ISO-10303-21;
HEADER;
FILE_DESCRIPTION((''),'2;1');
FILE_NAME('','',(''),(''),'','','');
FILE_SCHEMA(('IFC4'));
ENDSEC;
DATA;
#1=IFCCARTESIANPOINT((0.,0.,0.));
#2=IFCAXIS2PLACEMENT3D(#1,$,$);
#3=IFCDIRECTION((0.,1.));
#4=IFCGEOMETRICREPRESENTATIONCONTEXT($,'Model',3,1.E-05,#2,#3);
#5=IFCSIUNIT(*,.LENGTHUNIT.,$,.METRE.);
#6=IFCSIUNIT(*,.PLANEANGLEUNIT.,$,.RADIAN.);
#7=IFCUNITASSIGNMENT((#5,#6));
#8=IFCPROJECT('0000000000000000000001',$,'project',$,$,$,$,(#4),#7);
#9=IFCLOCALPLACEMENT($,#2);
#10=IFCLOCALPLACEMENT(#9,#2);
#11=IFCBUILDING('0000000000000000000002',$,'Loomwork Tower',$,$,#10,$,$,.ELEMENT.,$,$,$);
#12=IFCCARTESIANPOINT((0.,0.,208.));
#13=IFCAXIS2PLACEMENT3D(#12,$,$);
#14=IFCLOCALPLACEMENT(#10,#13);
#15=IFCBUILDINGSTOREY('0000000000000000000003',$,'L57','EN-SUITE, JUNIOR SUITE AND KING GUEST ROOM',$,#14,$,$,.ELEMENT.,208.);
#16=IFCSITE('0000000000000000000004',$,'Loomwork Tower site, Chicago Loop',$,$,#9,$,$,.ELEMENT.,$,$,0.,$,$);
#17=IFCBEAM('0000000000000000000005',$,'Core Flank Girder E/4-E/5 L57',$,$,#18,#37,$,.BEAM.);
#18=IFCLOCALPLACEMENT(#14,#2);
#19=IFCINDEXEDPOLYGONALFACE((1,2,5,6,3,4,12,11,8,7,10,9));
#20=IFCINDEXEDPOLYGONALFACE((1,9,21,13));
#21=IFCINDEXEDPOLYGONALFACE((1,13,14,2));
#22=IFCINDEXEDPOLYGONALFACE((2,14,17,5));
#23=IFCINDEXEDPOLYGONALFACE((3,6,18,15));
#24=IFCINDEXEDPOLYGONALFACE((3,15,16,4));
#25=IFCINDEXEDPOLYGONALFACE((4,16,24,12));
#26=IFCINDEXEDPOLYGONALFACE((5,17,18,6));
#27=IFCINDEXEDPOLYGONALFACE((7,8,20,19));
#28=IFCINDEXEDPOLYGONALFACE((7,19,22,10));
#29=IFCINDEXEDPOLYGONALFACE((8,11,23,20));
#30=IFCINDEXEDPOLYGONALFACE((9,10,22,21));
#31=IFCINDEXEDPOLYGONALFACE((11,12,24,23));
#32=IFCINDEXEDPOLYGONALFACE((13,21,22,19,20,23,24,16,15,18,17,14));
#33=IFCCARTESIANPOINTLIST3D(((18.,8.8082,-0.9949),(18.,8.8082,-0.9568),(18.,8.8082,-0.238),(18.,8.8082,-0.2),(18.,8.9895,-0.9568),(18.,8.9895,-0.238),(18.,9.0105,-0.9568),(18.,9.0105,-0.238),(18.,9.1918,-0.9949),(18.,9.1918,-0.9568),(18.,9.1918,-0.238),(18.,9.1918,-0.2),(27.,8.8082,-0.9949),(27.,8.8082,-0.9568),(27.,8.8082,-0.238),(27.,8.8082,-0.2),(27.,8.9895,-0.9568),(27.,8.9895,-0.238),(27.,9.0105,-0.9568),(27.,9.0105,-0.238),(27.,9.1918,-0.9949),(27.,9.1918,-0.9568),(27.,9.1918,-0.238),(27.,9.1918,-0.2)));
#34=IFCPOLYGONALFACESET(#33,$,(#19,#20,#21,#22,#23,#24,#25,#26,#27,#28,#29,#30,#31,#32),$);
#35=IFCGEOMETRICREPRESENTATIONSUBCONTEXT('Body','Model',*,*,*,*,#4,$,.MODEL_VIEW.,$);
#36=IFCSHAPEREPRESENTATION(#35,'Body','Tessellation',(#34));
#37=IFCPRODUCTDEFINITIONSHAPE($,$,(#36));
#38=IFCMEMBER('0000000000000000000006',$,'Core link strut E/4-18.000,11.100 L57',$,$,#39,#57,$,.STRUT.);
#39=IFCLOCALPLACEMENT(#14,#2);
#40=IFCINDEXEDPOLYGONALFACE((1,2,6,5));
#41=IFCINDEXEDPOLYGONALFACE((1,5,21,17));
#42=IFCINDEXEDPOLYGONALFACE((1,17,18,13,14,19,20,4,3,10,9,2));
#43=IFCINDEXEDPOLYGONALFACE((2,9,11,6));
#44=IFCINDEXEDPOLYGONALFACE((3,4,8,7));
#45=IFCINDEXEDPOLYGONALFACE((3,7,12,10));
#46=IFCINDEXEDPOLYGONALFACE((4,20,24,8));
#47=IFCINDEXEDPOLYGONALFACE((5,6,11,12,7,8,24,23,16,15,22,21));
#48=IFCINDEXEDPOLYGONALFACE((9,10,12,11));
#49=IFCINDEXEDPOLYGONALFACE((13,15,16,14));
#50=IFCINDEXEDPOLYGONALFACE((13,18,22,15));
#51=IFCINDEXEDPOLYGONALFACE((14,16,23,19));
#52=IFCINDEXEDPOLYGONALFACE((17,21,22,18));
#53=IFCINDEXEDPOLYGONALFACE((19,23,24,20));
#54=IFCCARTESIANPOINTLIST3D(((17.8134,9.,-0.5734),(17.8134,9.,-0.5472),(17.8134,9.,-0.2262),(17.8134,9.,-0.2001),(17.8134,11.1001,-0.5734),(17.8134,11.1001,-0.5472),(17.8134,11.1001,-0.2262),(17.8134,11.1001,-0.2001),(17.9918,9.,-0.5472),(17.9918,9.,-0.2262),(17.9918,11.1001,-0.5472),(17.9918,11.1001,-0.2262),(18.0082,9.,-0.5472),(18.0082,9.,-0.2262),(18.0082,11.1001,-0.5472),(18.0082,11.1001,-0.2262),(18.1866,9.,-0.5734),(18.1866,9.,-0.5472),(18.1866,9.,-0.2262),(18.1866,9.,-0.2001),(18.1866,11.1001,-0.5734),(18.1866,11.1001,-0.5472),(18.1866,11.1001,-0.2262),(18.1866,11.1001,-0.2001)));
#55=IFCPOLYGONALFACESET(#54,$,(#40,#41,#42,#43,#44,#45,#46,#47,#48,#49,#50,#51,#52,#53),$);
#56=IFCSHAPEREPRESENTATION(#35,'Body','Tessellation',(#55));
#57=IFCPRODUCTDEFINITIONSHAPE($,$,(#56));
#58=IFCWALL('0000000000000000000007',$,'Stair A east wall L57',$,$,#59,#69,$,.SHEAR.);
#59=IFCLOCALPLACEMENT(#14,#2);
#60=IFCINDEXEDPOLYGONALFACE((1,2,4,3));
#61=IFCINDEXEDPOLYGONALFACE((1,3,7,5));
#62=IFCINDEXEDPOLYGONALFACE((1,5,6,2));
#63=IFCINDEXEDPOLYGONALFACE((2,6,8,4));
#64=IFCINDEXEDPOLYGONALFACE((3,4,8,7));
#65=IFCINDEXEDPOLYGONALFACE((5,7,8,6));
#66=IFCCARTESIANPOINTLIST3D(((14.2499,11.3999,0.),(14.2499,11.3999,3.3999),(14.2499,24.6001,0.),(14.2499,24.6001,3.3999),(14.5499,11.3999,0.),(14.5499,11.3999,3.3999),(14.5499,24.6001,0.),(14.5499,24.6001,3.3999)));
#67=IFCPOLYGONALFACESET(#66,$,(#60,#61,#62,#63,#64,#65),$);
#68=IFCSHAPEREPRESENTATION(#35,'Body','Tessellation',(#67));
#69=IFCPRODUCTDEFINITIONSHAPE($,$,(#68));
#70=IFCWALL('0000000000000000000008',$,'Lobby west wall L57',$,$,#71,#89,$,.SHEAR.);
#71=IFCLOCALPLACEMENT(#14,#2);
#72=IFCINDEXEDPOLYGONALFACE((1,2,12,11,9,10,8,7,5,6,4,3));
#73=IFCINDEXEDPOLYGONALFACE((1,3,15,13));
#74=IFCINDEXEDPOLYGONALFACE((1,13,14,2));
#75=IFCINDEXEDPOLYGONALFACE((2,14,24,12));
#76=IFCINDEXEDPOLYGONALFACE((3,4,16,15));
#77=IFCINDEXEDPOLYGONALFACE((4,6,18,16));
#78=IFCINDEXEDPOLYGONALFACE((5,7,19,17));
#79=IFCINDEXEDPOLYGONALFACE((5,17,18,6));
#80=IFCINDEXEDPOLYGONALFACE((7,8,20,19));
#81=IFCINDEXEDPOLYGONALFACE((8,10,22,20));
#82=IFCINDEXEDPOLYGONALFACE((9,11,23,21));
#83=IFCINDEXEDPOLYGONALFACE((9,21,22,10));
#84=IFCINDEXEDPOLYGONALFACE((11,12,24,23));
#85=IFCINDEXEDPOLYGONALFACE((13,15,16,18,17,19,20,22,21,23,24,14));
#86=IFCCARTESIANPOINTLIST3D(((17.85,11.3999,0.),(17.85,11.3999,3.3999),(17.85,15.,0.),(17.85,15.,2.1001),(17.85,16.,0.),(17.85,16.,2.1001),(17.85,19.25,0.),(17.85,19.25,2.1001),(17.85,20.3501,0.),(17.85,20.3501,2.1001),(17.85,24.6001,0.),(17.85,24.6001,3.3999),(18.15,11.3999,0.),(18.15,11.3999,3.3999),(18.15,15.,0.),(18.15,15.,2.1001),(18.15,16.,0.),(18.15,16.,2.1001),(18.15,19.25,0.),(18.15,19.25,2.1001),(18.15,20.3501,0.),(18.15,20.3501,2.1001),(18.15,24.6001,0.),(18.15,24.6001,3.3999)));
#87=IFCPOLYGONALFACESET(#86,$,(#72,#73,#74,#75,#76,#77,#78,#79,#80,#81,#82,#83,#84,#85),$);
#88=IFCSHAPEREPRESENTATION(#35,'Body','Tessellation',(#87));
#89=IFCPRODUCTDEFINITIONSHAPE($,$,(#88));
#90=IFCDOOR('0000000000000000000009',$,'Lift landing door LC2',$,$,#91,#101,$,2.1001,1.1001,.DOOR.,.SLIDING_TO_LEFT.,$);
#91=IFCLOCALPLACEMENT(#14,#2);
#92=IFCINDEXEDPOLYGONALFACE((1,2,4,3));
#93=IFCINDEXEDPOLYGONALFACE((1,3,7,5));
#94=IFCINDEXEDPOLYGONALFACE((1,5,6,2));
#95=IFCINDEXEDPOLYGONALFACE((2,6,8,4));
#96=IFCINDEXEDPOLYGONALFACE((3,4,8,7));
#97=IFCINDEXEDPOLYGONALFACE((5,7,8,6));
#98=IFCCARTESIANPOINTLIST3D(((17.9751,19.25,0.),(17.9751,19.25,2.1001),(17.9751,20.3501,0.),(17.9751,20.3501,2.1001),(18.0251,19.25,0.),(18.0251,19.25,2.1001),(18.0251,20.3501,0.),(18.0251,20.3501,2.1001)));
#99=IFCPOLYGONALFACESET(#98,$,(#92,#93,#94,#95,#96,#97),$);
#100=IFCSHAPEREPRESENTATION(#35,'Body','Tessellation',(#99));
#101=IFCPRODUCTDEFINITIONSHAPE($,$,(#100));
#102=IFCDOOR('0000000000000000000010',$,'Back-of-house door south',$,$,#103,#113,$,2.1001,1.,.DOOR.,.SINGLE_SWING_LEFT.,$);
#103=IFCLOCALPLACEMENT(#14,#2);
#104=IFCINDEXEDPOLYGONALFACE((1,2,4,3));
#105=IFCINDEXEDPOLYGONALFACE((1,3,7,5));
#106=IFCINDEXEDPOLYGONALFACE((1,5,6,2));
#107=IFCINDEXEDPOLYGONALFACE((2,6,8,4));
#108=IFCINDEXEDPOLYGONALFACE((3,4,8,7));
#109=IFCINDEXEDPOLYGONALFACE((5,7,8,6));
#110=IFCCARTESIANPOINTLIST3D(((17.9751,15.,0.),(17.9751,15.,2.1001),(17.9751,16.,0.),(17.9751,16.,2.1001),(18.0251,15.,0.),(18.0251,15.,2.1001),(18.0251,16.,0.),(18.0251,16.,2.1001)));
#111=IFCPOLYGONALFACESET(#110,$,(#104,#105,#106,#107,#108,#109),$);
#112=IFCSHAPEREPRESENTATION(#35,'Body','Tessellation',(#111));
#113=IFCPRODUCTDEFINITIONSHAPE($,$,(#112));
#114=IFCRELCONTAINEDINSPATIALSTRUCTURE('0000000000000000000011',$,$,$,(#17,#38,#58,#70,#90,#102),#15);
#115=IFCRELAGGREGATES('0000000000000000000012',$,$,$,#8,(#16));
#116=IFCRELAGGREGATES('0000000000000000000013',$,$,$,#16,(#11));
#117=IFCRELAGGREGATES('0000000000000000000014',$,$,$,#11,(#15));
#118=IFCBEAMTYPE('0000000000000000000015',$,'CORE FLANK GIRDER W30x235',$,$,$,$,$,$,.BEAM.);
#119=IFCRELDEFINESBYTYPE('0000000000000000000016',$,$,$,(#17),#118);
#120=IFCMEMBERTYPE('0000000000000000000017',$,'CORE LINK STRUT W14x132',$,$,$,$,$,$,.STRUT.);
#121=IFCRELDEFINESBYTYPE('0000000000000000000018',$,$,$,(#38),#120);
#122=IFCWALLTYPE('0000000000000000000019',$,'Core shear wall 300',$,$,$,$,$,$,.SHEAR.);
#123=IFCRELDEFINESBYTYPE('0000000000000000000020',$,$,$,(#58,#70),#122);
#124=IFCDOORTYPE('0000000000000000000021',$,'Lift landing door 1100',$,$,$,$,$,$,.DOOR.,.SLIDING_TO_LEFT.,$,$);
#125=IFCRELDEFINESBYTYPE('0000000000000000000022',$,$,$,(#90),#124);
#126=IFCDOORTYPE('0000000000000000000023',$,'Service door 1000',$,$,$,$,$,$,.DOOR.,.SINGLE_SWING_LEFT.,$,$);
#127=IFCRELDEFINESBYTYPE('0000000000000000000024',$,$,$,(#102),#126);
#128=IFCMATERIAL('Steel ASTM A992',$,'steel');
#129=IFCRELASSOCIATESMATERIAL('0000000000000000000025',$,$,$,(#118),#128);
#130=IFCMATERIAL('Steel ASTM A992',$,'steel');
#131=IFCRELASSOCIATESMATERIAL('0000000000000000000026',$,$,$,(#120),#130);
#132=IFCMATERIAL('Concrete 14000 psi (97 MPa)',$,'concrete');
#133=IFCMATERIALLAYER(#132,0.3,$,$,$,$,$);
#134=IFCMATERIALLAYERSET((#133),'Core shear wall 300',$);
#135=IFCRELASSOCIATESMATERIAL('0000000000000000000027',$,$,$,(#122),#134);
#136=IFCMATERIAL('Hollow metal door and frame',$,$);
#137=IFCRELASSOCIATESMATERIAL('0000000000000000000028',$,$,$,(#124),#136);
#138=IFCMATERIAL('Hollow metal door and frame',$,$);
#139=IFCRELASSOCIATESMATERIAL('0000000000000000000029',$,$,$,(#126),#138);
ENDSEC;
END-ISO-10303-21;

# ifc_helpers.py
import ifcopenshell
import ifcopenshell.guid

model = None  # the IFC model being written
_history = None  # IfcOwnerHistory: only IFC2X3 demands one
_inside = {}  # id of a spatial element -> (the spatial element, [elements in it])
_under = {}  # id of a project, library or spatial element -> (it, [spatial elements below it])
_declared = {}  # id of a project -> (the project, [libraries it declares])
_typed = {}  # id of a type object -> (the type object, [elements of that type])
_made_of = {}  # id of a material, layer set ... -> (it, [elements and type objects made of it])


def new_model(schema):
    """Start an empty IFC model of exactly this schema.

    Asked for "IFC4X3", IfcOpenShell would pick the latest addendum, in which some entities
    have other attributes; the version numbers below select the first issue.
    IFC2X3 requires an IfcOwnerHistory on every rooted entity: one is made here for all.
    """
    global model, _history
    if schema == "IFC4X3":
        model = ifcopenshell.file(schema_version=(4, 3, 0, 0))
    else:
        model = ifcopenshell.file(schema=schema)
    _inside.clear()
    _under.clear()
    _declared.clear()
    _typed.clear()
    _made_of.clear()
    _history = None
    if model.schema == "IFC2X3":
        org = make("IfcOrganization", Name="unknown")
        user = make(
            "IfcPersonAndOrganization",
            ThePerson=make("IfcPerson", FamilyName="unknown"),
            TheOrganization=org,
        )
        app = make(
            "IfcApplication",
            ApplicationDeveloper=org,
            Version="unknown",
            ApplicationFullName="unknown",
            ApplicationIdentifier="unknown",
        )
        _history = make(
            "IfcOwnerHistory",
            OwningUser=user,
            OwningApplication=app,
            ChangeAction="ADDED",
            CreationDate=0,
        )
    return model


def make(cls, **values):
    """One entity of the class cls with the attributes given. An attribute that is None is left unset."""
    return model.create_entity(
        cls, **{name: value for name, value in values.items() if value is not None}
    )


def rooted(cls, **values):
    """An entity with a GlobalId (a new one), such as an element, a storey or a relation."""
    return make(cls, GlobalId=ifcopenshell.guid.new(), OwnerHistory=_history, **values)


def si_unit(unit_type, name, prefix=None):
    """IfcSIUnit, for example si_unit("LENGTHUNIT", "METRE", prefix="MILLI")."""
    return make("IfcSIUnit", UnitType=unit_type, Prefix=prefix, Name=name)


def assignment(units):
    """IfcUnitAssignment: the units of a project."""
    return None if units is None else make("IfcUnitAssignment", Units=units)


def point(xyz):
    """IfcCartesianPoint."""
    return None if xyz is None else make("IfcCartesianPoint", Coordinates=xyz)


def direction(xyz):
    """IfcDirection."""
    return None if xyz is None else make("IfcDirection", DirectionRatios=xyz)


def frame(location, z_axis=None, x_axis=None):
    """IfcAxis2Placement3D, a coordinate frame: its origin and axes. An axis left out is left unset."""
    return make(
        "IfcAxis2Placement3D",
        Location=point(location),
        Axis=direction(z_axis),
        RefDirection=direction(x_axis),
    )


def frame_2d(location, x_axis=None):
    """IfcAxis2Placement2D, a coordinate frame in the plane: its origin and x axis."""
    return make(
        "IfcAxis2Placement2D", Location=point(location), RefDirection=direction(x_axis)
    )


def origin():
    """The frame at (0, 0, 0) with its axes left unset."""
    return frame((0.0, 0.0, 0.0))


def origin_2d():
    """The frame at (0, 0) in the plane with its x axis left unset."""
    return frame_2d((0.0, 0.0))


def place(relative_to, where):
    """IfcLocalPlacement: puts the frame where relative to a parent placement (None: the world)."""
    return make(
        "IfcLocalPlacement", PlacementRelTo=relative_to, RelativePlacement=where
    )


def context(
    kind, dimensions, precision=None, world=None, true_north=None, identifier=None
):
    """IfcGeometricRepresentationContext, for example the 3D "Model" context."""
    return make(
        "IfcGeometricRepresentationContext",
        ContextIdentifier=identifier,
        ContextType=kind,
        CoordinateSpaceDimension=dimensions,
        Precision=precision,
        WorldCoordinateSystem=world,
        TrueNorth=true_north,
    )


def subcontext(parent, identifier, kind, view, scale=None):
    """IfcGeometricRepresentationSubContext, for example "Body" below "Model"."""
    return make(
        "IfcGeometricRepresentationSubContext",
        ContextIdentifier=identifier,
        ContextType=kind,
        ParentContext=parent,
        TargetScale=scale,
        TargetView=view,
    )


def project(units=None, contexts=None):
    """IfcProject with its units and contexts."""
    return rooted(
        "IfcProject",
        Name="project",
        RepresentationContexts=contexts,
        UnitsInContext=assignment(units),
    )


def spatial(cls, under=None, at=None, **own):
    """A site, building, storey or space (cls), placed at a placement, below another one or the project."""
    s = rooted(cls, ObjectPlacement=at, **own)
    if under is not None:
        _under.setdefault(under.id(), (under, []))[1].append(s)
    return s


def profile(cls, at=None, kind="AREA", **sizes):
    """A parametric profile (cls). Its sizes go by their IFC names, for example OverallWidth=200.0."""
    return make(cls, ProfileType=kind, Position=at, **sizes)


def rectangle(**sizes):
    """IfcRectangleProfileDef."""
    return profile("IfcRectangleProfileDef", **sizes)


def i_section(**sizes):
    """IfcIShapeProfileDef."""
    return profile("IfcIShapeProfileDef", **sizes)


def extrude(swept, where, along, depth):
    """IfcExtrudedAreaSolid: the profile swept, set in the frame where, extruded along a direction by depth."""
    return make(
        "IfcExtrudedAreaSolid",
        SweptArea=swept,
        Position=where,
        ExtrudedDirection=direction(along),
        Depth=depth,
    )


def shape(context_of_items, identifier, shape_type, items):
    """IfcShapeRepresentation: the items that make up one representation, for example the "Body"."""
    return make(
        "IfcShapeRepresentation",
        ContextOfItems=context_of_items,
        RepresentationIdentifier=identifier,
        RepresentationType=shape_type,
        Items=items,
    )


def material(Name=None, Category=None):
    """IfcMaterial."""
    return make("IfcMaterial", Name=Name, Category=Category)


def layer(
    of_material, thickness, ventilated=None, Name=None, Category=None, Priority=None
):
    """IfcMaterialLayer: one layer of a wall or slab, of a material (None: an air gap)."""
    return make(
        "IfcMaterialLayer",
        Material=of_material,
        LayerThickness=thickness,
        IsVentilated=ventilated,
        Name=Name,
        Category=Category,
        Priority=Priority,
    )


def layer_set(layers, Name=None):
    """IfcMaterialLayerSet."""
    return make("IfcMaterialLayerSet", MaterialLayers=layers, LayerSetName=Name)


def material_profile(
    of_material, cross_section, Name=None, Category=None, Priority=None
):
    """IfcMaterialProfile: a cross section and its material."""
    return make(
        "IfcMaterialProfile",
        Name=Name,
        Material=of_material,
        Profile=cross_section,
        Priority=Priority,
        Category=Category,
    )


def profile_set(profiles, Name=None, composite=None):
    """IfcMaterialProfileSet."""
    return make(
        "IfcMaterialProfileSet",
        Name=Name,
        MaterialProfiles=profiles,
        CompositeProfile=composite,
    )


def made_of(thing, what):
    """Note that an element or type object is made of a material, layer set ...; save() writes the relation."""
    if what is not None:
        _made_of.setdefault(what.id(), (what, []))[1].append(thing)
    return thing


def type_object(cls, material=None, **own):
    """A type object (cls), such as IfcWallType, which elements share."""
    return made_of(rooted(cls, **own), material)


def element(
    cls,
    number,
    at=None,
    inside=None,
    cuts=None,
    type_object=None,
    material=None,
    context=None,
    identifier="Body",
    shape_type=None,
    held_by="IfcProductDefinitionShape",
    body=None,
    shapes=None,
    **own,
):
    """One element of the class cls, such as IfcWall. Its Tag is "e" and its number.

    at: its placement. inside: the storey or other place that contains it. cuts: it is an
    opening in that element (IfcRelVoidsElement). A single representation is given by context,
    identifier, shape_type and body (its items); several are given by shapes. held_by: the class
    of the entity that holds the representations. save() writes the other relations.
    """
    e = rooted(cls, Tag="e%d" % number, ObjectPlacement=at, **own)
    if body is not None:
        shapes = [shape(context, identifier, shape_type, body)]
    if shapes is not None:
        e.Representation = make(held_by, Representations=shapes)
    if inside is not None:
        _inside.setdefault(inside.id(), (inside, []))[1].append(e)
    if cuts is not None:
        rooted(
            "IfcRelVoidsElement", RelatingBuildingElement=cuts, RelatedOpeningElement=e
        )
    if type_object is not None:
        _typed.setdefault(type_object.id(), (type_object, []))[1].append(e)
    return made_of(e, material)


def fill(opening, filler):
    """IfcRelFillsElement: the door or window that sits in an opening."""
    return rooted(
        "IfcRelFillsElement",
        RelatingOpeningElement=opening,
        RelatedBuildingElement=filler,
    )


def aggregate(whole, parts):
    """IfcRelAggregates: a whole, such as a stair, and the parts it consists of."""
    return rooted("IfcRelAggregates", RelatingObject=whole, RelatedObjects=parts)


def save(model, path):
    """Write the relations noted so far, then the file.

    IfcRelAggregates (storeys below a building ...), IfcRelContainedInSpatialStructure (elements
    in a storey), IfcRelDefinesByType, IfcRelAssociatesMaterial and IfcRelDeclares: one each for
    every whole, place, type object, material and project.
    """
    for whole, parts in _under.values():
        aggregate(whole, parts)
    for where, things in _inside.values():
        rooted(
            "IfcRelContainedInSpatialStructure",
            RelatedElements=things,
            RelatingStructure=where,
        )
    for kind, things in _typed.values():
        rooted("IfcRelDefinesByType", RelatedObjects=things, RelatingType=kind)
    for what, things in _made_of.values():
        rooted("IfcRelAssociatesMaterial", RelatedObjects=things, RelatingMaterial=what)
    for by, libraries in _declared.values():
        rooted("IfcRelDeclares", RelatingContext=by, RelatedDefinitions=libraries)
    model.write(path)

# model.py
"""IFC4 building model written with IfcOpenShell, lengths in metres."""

from ifc_helpers import new_model, si_unit, direction, frame, frame_2d, origin, origin_2d, place, context, subcontext, project, spatial, rectangle, i_section, extrude, material, layer, layer_set, material_profile, profile_set, type_object, element, fill, save


model = new_model("IFC4")

# Units and contexts
model_context = context("Model", 3, precision=1e-05, world=origin(), true_north=direction((0.0, 1.0)))
body_context = subcontext(model_context, "Body", "Model", "MODEL_VIEW")
ifc_project = project(units=[si_unit("LENGTHUNIT", "METRE"), si_unit("PLANEANGLEUNIT", "RADIAN")], contexts=[model_context])

# Site, building, storey
site_placement = place(None, origin())
site = spatial("IfcSite", under=ifc_project, at=site_placement, Name="Loomwork Tower site, Chicago Loop", CompositionType="ELEMENT", RefElevation=0.0)
building_placement = place(site_placement, origin())
building = spatial("IfcBuilding", under=site, at=building_placement, Name="Loomwork Tower", CompositionType="ELEMENT")
storey_placement = place(building_placement, frame((0.0, 0.0, 208.0)))
storey = spatial("IfcBuildingStorey", under=building, at=storey_placement, Name="L57", Description="EN-SUITE, JUNIOR SUITE AND KING GUEST ROOM", CompositionType="ELEMENT", Elevation=208.0)

# Beam
ifc_material_1 = material(Name="Steel ASTM A992", Category="steel")
ifc_material_profile_1 = material_profile(ifc_material_1, i_section(OverallWidth=0.3835, OverallDepth=0.7949, WebThickness=0.021, FlangeThickness=0.0381, at=origin_2d()), Name="W30x235")
ifc_profile_set_1 = profile_set([ifc_material_profile_1], Name="Steel ASTM A992")
beam_type = type_object("IfcBeamType", Name="CORE FLANK GIRDER W30x235", PredefinedType="BEAM", material=ifc_profile_set_1)
beam_placement = place(storey_placement, frame((18.0, 9.0, -0.5974), z_axis=(1.0, 0.0, 0.0), x_axis=(0.0, 1.0, 0.0)))
element("IfcBeam", 1, at=beam_placement, inside=storey, type_object=beam_type, Name="Core Flank Girder E/4-E/5 L57", PredefinedType="BEAM", context=body_context, shape_type="SweptSolid", body=[
    extrude(i_section(OverallWidth=0.3835, OverallDepth=0.7949, WebThickness=0.021, FlangeThickness=0.0381, at=origin_2d()), origin(), (0.0, 0.0, 1.0), 9.0),
])

# Member
ifc_material_2 = material(Name="Steel ASTM A992", Category="steel")
ifc_material_profile_2 = material_profile(ifc_material_2, i_section(OverallWidth=0.3733, OverallDepth=0.3733, WebThickness=0.0164, FlangeThickness=0.0261, at=origin_2d()), Name="W14x132")
ifc_profile_set_2 = profile_set([ifc_material_profile_2], Name="Steel ASTM A992")
member_type = type_object("IfcMemberType", Name="CORE LINK STRUT W14x132", PredefinedType="STRUT", material=ifc_profile_set_2)
member_placement = place(storey_placement, frame((18.0, 9.0, -0.3867), z_axis=(0.0, 1.0, 0.0), x_axis=(-1.0, 0.0, 0.0)))
element("IfcMember", 2, at=member_placement, inside=storey, type_object=member_type, Name="Core link strut E/4-18.000,11.100 L57", PredefinedType="STRUT", context=body_context, shape_type="SweptSolid", body=[
    extrude(i_section(OverallWidth=0.3733, OverallDepth=0.3733, WebThickness=0.0164, FlangeThickness=0.0261, at=origin_2d()), origin(), (0.0, 0.0, 1.0), 2.1001),
])

# Wall
ifc_material_3 = material(Name="Concrete 14000 psi (97 MPa)", Category="concrete")
ifc_layer_1 = layer(ifc_material_3, 0.3)
ifc_layer_set_1 = layer_set([ifc_layer_1], Name="Core shear wall 300")
wall_type_1 = type_object("IfcWallType", Name="Core shear wall 300", PredefinedType="SHEAR", material=ifc_layer_set_1)
wall_1_placement = place(storey_placement, frame((14.3999, 11.3999, 0.0), z_axis=(0.0, 0.0, 1.0), x_axis=(0.0, 1.0, 0.0)))
element("IfcWall", 3, at=wall_1_placement, inside=storey, type_object=wall_type_1, Name="Stair A east wall L57", PredefinedType="SHEAR", context=body_context, shape_type="SweptSolid", body=[
    extrude(rectangle(XDim=13.2002, YDim=0.3, at=frame_2d((6.6001, 0.0))), origin(), (0.0, 0.0, 1.0), 3.3999),
])

# Wall, openings, doors
wall_2_placement = place(storey_placement, frame((18.0, 11.3999, 0.0), z_axis=(0.0, 0.0, 1.0), x_axis=(0.0, 1.0, 0.0)))
wall_2 = element("IfcWall", 4, at=wall_2_placement, inside=storey, type_object=wall_type_1, Name="Lobby west wall L57", PredefinedType="SHEAR", context=body_context, shape_type="SweptSolid", body=[
    extrude(rectangle(XDim=13.2002, YDim=0.3, at=frame_2d((6.6001, 0.0))), origin(), (0.0, 0.0, 1.0), 3.3999),
])
opening_1_placement = place(wall_2_placement, frame((3.6001, 0.0, 0.0)))
opening_1 = element("IfcOpeningElement", 5, at=opening_1_placement, cuts=wall_2, PredefinedType="OPENING", context=body_context, shape_type="SweptSolid", body=[
    extrude(rectangle(XDim=1.0, YDim=2.1001, at=frame_2d((0.5, 1.05))), frame((0.0, 0.1599, 0.0), z_axis=(0.0, -1.0, 0.0), x_axis=(1.0, 0.0, 0.0)), (0.0, 0.0, 1.0), 0.3201),
])
opening_2_placement = place(wall_2_placement, frame((7.8501, 0.0, 0.0)))
opening_2 = element("IfcOpeningElement", 6, at=opening_2_placement, cuts=wall_2, PredefinedType="OPENING", context=body_context, shape_type="SweptSolid", body=[
    extrude(rectangle(XDim=1.1001, YDim=2.1001, at=frame_2d((0.55, 1.05))), frame((0.0, 0.1599, 0.0), z_axis=(0.0, -1.0, 0.0), x_axis=(1.0, 0.0, 0.0)), (0.0, 0.0, 1.0), 0.3201),
])
ifc_material_4 = material(Name="Hollow metal door and frame")
door_type_1 = type_object("IfcDoorType", Name="Lift landing door 1100", OperationType="SLIDING_TO_LEFT", PredefinedType="DOOR", material=ifc_material_4)
door_1_placement = place(opening_2_placement, origin())
door_1 = element("IfcDoor", 7, at=door_1_placement, inside=storey, type_object=door_type_1, Name="Lift landing door LC2", OperationType="SLIDING_TO_LEFT", OverallHeight=2.1001, OverallWidth=1.1001, PredefinedType="DOOR", context=body_context, shape_type="SweptSolid", body=[
    extrude(rectangle(XDim=1.1001, YDim=2.1001, at=frame_2d((0.55, 1.05))), frame((0.0, 0.0249, 0.0), z_axis=(0.0, -1.0, 0.0), x_axis=(1.0, 0.0, 0.0)), (0.0, 0.0, 1.0), 0.05),
])
fill(opening_2, door_1)
ifc_material_5 = material(Name="Hollow metal door and frame")
door_type_2 = type_object("IfcDoorType", Name="Service door 1000", OperationType="SINGLE_SWING_LEFT", PredefinedType="DOOR", material=ifc_material_5)
door_2_placement = place(opening_1_placement, origin())
door_2 = element("IfcDoor", 8, at=door_2_placement, inside=storey, type_object=door_type_2, Name="Back-of-house door south", OperationType="SINGLE_SWING_LEFT", OverallHeight=2.1001, OverallWidth=1.0, PredefinedType="DOOR", context=body_context, shape_type="SweptSolid", body=[
    extrude(rectangle(XDim=1.0, YDim=2.1001, at=frame_2d((0.5, 1.05))), frame((0.0, 0.0249, 0.0), z_axis=(0.0, -1.0, 0.0), x_axis=(1.0, 0.0, 0.0)), (0.0, 0.0, 1.0), 0.05),
])
fill(opening_1, door_2)

save(model, "model.ifc")
